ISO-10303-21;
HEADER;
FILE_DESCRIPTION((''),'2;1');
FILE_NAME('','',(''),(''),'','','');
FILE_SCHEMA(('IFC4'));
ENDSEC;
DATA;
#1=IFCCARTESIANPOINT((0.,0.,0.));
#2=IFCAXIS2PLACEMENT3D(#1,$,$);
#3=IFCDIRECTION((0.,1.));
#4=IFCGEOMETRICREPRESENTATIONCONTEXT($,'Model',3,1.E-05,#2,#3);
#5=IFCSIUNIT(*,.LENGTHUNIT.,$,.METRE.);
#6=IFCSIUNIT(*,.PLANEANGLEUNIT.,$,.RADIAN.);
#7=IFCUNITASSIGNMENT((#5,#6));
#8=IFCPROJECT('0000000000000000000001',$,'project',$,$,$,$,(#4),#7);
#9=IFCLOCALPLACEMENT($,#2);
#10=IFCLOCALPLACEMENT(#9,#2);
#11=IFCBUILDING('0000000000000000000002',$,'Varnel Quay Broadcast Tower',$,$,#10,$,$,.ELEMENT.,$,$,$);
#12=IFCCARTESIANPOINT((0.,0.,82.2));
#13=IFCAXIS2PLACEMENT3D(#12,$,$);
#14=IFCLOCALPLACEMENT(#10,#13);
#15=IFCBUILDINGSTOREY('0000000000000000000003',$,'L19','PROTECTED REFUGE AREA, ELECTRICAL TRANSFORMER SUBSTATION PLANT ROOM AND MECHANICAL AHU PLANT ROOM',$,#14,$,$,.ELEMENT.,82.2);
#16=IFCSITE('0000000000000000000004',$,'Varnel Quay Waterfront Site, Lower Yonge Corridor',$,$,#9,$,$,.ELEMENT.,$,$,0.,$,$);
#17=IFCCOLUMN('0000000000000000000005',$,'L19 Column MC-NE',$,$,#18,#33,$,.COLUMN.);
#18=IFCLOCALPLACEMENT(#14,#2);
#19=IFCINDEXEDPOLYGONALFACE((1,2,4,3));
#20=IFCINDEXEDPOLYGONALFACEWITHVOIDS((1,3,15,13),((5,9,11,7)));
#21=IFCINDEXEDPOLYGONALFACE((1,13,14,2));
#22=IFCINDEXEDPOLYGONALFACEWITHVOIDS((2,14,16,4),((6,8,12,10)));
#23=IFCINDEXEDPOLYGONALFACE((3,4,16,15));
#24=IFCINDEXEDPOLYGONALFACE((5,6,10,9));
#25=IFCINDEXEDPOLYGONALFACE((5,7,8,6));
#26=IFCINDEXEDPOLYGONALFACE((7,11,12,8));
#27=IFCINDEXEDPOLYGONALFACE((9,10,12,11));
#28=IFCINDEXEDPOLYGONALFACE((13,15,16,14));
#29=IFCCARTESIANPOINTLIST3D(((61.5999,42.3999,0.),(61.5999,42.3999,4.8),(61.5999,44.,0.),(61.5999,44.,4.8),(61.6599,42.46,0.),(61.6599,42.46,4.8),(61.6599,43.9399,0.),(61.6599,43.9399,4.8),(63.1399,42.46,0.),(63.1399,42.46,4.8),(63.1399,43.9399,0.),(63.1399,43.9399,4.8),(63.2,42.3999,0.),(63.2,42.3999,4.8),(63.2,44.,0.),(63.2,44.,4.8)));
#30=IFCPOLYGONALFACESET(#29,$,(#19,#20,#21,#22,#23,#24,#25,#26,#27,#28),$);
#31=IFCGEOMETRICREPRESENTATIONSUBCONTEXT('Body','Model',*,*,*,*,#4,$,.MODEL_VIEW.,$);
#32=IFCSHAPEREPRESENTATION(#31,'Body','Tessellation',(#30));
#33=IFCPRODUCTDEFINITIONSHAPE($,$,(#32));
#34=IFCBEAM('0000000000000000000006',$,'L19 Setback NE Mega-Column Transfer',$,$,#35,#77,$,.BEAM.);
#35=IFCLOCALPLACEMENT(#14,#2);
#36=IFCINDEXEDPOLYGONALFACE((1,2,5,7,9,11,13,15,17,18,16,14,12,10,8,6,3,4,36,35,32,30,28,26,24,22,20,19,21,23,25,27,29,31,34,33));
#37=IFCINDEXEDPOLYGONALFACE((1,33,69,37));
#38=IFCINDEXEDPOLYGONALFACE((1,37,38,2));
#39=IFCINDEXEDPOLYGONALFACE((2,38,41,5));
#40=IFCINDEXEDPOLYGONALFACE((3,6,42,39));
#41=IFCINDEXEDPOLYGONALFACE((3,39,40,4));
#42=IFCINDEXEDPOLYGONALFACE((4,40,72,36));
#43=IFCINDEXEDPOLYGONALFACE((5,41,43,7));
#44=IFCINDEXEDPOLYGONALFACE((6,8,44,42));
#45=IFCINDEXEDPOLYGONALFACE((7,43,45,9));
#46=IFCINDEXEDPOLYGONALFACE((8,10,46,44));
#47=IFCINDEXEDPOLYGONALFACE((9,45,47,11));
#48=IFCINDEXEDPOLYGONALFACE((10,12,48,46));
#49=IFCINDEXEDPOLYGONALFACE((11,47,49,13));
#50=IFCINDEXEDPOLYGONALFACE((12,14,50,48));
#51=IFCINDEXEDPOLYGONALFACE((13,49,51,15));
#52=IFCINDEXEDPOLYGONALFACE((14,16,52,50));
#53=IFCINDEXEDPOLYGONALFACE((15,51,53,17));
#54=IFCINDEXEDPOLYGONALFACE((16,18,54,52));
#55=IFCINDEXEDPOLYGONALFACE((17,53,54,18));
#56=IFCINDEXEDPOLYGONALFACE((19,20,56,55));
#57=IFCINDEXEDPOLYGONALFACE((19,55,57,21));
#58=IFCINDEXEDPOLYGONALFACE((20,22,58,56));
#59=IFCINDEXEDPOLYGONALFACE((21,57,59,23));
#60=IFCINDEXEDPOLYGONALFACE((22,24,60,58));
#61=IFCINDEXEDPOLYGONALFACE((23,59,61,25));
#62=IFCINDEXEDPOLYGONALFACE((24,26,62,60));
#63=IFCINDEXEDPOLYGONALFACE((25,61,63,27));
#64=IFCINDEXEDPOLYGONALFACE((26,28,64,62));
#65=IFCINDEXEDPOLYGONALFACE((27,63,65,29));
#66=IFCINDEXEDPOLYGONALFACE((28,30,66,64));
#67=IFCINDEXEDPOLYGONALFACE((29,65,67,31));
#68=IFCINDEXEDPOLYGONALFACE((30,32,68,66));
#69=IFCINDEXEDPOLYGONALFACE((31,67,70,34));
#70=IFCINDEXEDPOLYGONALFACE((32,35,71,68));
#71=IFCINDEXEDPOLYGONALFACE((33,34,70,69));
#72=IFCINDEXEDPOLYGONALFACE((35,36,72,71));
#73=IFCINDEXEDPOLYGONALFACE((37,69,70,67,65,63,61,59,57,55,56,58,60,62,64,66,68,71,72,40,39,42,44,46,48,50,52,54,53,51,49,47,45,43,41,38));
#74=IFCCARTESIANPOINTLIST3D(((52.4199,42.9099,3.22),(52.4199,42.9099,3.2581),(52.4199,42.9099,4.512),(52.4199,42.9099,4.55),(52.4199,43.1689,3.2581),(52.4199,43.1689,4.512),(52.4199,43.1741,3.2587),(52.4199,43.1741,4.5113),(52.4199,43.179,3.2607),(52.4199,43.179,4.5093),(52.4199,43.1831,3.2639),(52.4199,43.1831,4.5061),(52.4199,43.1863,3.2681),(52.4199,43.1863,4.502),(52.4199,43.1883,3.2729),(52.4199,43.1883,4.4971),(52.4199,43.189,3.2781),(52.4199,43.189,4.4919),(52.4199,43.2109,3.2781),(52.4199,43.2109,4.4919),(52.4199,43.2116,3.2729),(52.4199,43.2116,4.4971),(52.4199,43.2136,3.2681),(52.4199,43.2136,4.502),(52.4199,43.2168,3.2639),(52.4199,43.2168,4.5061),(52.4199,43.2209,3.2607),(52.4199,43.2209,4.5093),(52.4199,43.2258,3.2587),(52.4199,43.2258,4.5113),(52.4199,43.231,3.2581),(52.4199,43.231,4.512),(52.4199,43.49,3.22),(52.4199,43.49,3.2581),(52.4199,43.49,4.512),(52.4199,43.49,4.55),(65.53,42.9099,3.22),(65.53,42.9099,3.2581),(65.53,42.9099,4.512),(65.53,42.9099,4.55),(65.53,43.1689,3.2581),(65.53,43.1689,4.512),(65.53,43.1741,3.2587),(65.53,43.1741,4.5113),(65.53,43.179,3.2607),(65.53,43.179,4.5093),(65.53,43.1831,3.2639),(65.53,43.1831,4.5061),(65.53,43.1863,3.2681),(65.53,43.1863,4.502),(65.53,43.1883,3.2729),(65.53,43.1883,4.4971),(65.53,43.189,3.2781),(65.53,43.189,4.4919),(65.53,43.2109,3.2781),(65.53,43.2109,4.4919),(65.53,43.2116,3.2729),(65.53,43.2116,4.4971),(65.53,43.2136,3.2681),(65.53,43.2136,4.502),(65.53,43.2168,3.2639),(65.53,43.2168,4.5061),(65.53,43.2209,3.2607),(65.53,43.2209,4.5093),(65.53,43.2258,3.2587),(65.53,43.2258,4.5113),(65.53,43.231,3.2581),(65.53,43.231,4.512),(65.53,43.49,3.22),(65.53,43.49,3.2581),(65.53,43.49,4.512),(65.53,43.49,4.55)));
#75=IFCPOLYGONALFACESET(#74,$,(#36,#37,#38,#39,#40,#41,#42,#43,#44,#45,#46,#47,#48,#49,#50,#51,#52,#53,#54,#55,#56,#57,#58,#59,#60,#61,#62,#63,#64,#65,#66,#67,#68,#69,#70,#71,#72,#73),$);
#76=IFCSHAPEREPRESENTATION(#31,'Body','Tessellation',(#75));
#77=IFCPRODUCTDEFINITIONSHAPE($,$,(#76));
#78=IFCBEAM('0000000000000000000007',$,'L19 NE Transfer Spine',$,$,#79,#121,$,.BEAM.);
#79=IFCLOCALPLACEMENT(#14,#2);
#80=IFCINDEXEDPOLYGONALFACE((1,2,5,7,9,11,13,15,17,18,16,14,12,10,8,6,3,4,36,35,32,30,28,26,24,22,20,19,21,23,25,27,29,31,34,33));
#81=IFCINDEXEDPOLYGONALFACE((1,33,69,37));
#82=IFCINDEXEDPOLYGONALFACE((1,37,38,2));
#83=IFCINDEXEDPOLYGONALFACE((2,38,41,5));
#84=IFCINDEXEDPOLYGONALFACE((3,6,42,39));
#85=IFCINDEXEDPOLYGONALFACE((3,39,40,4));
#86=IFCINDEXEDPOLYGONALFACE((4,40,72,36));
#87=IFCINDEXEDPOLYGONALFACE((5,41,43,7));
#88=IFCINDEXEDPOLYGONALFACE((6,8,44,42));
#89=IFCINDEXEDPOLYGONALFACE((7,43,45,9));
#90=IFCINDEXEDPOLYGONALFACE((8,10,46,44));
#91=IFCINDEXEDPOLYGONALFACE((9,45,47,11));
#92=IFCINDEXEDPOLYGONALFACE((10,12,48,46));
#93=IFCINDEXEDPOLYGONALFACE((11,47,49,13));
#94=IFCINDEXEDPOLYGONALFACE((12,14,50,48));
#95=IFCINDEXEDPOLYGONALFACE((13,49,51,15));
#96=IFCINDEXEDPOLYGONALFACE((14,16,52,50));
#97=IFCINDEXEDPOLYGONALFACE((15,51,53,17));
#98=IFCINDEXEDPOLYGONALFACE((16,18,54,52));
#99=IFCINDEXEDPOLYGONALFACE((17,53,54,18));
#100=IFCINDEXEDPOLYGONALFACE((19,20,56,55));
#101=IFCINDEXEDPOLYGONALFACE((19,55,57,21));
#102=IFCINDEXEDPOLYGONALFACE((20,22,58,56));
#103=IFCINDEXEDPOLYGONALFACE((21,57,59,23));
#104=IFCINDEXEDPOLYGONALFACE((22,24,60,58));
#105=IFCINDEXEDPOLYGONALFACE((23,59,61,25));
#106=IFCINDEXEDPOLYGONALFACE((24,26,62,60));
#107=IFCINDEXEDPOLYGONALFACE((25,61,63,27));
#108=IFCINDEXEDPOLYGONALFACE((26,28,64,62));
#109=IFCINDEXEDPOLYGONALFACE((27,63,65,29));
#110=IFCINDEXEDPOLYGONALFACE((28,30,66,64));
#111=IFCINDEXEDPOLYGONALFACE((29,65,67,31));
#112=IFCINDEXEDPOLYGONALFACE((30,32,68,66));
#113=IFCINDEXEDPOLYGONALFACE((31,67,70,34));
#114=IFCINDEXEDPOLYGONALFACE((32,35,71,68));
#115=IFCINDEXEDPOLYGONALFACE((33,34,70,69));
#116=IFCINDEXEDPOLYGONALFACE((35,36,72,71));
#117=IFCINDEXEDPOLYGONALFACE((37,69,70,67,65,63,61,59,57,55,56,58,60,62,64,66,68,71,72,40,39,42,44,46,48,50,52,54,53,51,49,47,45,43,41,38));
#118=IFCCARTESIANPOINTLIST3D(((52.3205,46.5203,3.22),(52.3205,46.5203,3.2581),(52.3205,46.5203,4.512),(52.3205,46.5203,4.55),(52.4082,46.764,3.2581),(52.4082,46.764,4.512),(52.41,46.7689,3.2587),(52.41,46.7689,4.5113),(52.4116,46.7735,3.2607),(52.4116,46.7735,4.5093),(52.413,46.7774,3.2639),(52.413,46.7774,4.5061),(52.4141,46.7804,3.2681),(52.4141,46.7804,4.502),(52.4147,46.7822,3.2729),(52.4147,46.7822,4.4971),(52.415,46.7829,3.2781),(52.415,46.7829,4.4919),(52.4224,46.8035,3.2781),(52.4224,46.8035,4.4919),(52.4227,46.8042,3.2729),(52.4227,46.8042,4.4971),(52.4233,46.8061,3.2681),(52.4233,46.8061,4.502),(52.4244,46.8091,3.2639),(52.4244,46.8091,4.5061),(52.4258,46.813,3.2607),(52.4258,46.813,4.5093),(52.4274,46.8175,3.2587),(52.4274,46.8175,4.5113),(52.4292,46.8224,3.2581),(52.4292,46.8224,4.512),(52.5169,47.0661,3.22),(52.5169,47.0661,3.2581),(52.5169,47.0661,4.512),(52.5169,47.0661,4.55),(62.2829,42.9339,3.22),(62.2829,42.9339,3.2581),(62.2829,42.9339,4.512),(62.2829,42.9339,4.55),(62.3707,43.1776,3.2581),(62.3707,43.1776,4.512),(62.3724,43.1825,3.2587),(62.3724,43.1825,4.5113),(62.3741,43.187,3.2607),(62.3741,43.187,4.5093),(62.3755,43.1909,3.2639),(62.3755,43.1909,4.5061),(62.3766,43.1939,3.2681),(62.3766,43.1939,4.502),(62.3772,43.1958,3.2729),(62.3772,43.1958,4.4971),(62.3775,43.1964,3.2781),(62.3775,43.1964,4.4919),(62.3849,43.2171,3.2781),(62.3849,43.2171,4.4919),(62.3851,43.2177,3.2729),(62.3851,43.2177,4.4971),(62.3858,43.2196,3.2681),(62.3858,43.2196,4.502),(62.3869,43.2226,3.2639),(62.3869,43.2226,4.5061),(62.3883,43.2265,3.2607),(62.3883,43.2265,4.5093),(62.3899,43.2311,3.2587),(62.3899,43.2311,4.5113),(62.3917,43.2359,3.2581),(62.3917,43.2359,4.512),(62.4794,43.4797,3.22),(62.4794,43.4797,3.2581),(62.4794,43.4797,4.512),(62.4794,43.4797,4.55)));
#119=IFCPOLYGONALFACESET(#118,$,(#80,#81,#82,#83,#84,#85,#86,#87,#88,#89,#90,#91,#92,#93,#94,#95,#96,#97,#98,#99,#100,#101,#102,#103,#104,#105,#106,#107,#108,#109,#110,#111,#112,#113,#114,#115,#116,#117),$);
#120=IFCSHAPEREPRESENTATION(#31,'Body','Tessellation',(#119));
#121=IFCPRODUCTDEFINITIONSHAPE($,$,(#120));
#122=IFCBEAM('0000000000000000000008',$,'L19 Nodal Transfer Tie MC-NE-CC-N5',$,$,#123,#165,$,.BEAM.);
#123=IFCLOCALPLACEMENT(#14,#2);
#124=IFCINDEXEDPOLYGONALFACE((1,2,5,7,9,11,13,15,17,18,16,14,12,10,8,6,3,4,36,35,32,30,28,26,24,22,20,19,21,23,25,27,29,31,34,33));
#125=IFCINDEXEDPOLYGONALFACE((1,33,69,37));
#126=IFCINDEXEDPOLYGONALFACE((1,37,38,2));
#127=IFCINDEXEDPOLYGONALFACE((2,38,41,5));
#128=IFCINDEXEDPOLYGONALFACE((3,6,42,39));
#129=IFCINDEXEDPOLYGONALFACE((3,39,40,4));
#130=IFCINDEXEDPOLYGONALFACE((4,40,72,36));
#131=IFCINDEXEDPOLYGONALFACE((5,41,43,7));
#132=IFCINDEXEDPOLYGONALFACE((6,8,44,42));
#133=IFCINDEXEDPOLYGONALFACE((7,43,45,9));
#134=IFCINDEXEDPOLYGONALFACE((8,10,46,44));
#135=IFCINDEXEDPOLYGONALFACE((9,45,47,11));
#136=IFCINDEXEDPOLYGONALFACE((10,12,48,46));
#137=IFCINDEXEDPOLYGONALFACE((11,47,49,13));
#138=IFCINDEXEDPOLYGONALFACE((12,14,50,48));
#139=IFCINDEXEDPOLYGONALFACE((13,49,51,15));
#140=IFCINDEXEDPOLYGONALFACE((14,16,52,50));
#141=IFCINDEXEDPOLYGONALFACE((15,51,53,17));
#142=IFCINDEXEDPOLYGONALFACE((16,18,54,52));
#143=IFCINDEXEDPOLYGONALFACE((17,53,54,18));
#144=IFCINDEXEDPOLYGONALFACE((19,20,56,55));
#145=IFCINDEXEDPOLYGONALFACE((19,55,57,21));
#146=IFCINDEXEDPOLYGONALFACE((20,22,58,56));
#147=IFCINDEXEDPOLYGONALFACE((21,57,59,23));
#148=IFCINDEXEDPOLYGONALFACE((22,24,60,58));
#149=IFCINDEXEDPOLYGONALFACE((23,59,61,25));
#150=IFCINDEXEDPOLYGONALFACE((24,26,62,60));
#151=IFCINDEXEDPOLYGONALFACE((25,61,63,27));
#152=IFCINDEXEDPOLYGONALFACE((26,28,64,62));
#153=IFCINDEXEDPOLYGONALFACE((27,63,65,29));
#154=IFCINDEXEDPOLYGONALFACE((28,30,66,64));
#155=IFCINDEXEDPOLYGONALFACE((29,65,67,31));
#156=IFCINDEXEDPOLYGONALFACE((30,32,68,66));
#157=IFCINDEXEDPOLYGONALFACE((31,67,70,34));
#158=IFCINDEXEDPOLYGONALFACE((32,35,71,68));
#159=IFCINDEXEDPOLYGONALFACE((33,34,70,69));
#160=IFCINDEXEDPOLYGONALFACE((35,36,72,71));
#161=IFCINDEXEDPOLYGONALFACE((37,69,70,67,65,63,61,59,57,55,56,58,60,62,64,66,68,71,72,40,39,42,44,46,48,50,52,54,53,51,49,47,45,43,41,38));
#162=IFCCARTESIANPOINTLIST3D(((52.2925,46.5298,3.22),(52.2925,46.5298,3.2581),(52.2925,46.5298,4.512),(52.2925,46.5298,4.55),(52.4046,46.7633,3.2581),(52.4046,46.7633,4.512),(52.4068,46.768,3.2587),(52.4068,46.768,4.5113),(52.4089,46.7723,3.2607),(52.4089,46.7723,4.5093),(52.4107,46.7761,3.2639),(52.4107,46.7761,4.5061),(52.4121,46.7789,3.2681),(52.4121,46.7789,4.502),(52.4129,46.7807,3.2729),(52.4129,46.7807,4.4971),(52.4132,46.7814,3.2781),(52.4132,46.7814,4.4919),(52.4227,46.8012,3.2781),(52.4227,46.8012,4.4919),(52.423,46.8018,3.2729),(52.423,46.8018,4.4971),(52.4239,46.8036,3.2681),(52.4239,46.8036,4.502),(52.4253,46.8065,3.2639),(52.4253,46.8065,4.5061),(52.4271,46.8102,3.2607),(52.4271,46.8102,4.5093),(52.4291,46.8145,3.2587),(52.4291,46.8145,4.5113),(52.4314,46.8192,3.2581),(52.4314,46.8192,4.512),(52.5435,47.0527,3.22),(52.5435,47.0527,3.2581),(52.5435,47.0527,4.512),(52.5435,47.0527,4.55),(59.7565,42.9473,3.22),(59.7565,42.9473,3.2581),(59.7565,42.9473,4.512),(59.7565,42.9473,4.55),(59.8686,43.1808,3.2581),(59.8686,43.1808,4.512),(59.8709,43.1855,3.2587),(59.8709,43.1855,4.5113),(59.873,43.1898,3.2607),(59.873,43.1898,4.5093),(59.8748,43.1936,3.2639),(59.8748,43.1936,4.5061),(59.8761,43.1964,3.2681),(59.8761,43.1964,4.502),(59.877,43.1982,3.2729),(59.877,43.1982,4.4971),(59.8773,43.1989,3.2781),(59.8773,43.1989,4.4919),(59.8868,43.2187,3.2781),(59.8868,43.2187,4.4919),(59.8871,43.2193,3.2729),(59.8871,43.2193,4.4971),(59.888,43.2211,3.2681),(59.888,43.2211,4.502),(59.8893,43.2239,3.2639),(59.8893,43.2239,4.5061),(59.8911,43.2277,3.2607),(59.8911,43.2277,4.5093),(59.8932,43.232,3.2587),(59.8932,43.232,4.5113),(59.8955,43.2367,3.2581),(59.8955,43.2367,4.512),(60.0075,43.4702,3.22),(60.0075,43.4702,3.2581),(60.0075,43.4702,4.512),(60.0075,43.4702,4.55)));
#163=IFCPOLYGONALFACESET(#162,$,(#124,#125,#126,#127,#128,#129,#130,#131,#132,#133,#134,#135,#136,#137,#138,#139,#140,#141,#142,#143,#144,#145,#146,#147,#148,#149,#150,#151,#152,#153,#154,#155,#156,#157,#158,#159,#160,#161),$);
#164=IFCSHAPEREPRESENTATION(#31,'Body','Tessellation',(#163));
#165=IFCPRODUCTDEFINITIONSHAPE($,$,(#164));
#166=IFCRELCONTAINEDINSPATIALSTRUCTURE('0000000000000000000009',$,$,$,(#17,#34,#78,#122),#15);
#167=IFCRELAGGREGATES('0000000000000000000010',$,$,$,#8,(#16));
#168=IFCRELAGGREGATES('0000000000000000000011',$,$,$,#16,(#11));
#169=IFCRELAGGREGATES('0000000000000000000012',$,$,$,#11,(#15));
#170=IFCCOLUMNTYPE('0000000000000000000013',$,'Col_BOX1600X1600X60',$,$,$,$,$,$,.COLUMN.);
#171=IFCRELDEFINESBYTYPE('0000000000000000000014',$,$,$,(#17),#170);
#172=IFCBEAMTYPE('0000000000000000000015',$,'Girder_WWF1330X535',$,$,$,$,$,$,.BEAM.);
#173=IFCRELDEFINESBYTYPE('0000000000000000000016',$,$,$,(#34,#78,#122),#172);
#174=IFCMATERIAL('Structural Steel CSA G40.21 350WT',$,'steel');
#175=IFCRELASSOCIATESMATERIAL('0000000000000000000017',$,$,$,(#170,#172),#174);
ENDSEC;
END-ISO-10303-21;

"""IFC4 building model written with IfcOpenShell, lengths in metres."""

from ifc_helpers import new_model, si_unit, direction, frame, origin, origin_2d, place, context, subcontext, project, spatial, hollow_rectangle, i_section, extrude, source, transform, mapped, material, material_profile, profile_set, type_object, type_shapes, element, save


model = new_model("IFC4")

# Units and contexts
model_context = context("Model", 3, precision=1e-05, world=origin(), true_north=direction((0.0, 1.0)))
body_context = subcontext(model_context, "Body", "Model", "MODEL_VIEW")
ifc_project = project(units=[si_unit("LENGTHUNIT", "METRE"), si_unit("PLANEANGLEUNIT", "RADIAN")], contexts=[model_context])

# Site, building, storey
site_placement = place(None, origin())
site = spatial("IfcSite", under=ifc_project, at=site_placement, Name="Varnel Quay Waterfront Site, Lower Yonge Corridor", CompositionType="ELEMENT", RefElevation=0.0)
building_placement = place(site_placement, origin())
building = spatial("IfcBuilding", under=site, at=building_placement, Name="Varnel Quay Broadcast Tower", CompositionType="ELEMENT")
storey_placement = place(building_placement, frame((0.0, 0.0, 82.2)))
storey = spatial("IfcBuildingStorey", under=building, at=storey_placement, Name="L19", Description="PROTECTED REFUGE AREA, ELECTRICAL TRANSFORMER SUBSTATION PLANT ROOM AND MECHANICAL AHU PLANT ROOM", CompositionType="ELEMENT", Elevation=82.2)

# Column
ifc_material_1 = material(Name="Structural Steel CSA G40.21 350WT", Category="steel")
ifc_material_profile_1 = material_profile(ifc_material_1, hollow_rectangle(XDim=1.6001, YDim=1.6001, WallThickness=0.0601, at=origin_2d()), Name="BOX1600X1600X60")
ifc_profile_set_1 = profile_set([ifc_material_profile_1], Name="Structural Steel CSA G40.21 350WT")
column_type = type_object("IfcColumnType", Name="Col_BOX1600X1600X60", PredefinedType="COLUMN", material=ifc_profile_set_1)
shared_shape_1 = source(origin(), body_context, "Body", "SweptSolid", [
    extrude(hollow_rectangle(XDim=1.6001, YDim=1.6001, WallThickness=0.0601, at=origin_2d()), origin(), (0.0, 0.0, 1.0), 4.8),
])
type_shapes(column_type, [shared_shape_1])
column_placement = place(storey_placement, frame((62.3999, 43.2, 0.0), z_axis=(0.0, 0.0, 1.0), x_axis=(1.0, 0.0, 0.0)))
element("IfcColumn", 1, at=column_placement, inside=storey, type_object=column_type, Name="L19 Column MC-NE", PredefinedType="COLUMN", context=body_context, shape_type="MappedRepresentation", body=[
    mapped(shared_shape_1, transform((0.0, 0.0, 0.0), x_axis=(1.0, 0.0, 0.0), y_axis=(0.0, 1.0, 0.0), z_axis=(0.0, 0.0, 1.0), scale=1.0)),
])

# Beams
ifc_material_profile_2 = material_profile(ifc_material_1, i_section(OverallWidth=0.5801, OverallDepth=1.3301, WebThickness=0.022, FlangeThickness=0.0381, FilletRadius=0.02, at=origin_2d()), Name="WWF1330X535")
ifc_profile_set_2 = profile_set([ifc_material_profile_2], Name="Structural Steel CSA G40.21 350WT")
beam_type = type_object("IfcBeamType", Name="Girder_WWF1330X535", PredefinedType="BEAM", material=ifc_profile_set_2)
shared_shape_2 = source(origin(), body_context, "Body", "SweptSolid", [
    extrude(i_section(OverallWidth=0.5801, OverallDepth=1.3301, WebThickness=0.022, FlangeThickness=0.0381, FilletRadius=0.02, at=origin_2d()), origin(), (0.0, 0.0, 1.0), 13.1101),
])
beam_1_placement = place(storey_placement, frame((52.4199, 43.2, 3.885), z_axis=(1.0, 0.0, 0.0), x_axis=(0.0, 1.0, 0.0)))
element("IfcBeam", 2, at=beam_1_placement, inside=storey, type_object=beam_type, Name="L19 Setback NE Mega-Column Transfer", PredefinedType="BEAM", context=body_context, shape_type="MappedRepresentation", body=[
    mapped(shared_shape_2, transform((0.0, 0.0, 0.0), x_axis=(1.0, 0.0, 0.0), y_axis=(0.0, 1.0, 0.0), z_axis=(0.0, 0.0, 1.0), scale=1.0)),
])
shared_shape_3 = source(origin(), body_context, "Body", "SweptSolid", [
    extrude(i_section(OverallWidth=0.5801, OverallDepth=1.3301, WebThickness=0.022, FlangeThickness=0.0381, FilletRadius=0.02, at=origin_2d()), origin(), (0.0, 0.0, 1.0), 10.5884),
])
beam_2_placement = place(storey_placement, frame((52.4187, 46.7932, 3.885), z_axis=(0.940889, -0.338716, 0.0), x_axis=(0.338716, 0.940889, 0.0)))
element("IfcBeam", 3, at=beam_2_placement, inside=storey, type_object=beam_type, Name="L19 NE Transfer Spine", PredefinedType="BEAM", context=body_context, shape_type="MappedRepresentation", body=[
    mapped(shared_shape_3, transform((0.0, 0.0, 0.0), x_axis=(1.0, 0.0, 0.0), y_axis=(0.0, 1.0, 0.0), z_axis=(0.0, 0.0, 1.0), scale=1.0)),
])
shared_shape_4 = source(origin(), body_context, "Body", "SweptSolid", [
    extrude(i_section(OverallWidth=0.5801, OverallDepth=1.3301, WebThickness=0.022, FlangeThickness=0.0381, FilletRadius=0.02, at=origin_2d()), origin(), (0.0, 0.0, 1.0), 8.2793),
])
beam_3_placement = place(storey_placement, frame((52.418, 46.7913, 3.885), z_axis=(0.901535, -0.432706, 0.0), x_axis=(0.432706, 0.901535, 0.0)))
element("IfcBeam", 4, at=beam_3_placement, inside=storey, type_object=beam_type, Name="L19 Nodal Transfer Tie MC-NE-CC-N5", PredefinedType="BEAM", context=body_context, shape_type="MappedRepresentation", body=[
    mapped(shared_shape_4, transform((0.0, 0.0, 0.0), x_axis=(1.0, 0.0, 0.0), y_axis=(0.0, 1.0, 0.0), z_axis=(0.0, 0.0, 1.0), scale=1.0)),
])

save(model, "model.ifc")
